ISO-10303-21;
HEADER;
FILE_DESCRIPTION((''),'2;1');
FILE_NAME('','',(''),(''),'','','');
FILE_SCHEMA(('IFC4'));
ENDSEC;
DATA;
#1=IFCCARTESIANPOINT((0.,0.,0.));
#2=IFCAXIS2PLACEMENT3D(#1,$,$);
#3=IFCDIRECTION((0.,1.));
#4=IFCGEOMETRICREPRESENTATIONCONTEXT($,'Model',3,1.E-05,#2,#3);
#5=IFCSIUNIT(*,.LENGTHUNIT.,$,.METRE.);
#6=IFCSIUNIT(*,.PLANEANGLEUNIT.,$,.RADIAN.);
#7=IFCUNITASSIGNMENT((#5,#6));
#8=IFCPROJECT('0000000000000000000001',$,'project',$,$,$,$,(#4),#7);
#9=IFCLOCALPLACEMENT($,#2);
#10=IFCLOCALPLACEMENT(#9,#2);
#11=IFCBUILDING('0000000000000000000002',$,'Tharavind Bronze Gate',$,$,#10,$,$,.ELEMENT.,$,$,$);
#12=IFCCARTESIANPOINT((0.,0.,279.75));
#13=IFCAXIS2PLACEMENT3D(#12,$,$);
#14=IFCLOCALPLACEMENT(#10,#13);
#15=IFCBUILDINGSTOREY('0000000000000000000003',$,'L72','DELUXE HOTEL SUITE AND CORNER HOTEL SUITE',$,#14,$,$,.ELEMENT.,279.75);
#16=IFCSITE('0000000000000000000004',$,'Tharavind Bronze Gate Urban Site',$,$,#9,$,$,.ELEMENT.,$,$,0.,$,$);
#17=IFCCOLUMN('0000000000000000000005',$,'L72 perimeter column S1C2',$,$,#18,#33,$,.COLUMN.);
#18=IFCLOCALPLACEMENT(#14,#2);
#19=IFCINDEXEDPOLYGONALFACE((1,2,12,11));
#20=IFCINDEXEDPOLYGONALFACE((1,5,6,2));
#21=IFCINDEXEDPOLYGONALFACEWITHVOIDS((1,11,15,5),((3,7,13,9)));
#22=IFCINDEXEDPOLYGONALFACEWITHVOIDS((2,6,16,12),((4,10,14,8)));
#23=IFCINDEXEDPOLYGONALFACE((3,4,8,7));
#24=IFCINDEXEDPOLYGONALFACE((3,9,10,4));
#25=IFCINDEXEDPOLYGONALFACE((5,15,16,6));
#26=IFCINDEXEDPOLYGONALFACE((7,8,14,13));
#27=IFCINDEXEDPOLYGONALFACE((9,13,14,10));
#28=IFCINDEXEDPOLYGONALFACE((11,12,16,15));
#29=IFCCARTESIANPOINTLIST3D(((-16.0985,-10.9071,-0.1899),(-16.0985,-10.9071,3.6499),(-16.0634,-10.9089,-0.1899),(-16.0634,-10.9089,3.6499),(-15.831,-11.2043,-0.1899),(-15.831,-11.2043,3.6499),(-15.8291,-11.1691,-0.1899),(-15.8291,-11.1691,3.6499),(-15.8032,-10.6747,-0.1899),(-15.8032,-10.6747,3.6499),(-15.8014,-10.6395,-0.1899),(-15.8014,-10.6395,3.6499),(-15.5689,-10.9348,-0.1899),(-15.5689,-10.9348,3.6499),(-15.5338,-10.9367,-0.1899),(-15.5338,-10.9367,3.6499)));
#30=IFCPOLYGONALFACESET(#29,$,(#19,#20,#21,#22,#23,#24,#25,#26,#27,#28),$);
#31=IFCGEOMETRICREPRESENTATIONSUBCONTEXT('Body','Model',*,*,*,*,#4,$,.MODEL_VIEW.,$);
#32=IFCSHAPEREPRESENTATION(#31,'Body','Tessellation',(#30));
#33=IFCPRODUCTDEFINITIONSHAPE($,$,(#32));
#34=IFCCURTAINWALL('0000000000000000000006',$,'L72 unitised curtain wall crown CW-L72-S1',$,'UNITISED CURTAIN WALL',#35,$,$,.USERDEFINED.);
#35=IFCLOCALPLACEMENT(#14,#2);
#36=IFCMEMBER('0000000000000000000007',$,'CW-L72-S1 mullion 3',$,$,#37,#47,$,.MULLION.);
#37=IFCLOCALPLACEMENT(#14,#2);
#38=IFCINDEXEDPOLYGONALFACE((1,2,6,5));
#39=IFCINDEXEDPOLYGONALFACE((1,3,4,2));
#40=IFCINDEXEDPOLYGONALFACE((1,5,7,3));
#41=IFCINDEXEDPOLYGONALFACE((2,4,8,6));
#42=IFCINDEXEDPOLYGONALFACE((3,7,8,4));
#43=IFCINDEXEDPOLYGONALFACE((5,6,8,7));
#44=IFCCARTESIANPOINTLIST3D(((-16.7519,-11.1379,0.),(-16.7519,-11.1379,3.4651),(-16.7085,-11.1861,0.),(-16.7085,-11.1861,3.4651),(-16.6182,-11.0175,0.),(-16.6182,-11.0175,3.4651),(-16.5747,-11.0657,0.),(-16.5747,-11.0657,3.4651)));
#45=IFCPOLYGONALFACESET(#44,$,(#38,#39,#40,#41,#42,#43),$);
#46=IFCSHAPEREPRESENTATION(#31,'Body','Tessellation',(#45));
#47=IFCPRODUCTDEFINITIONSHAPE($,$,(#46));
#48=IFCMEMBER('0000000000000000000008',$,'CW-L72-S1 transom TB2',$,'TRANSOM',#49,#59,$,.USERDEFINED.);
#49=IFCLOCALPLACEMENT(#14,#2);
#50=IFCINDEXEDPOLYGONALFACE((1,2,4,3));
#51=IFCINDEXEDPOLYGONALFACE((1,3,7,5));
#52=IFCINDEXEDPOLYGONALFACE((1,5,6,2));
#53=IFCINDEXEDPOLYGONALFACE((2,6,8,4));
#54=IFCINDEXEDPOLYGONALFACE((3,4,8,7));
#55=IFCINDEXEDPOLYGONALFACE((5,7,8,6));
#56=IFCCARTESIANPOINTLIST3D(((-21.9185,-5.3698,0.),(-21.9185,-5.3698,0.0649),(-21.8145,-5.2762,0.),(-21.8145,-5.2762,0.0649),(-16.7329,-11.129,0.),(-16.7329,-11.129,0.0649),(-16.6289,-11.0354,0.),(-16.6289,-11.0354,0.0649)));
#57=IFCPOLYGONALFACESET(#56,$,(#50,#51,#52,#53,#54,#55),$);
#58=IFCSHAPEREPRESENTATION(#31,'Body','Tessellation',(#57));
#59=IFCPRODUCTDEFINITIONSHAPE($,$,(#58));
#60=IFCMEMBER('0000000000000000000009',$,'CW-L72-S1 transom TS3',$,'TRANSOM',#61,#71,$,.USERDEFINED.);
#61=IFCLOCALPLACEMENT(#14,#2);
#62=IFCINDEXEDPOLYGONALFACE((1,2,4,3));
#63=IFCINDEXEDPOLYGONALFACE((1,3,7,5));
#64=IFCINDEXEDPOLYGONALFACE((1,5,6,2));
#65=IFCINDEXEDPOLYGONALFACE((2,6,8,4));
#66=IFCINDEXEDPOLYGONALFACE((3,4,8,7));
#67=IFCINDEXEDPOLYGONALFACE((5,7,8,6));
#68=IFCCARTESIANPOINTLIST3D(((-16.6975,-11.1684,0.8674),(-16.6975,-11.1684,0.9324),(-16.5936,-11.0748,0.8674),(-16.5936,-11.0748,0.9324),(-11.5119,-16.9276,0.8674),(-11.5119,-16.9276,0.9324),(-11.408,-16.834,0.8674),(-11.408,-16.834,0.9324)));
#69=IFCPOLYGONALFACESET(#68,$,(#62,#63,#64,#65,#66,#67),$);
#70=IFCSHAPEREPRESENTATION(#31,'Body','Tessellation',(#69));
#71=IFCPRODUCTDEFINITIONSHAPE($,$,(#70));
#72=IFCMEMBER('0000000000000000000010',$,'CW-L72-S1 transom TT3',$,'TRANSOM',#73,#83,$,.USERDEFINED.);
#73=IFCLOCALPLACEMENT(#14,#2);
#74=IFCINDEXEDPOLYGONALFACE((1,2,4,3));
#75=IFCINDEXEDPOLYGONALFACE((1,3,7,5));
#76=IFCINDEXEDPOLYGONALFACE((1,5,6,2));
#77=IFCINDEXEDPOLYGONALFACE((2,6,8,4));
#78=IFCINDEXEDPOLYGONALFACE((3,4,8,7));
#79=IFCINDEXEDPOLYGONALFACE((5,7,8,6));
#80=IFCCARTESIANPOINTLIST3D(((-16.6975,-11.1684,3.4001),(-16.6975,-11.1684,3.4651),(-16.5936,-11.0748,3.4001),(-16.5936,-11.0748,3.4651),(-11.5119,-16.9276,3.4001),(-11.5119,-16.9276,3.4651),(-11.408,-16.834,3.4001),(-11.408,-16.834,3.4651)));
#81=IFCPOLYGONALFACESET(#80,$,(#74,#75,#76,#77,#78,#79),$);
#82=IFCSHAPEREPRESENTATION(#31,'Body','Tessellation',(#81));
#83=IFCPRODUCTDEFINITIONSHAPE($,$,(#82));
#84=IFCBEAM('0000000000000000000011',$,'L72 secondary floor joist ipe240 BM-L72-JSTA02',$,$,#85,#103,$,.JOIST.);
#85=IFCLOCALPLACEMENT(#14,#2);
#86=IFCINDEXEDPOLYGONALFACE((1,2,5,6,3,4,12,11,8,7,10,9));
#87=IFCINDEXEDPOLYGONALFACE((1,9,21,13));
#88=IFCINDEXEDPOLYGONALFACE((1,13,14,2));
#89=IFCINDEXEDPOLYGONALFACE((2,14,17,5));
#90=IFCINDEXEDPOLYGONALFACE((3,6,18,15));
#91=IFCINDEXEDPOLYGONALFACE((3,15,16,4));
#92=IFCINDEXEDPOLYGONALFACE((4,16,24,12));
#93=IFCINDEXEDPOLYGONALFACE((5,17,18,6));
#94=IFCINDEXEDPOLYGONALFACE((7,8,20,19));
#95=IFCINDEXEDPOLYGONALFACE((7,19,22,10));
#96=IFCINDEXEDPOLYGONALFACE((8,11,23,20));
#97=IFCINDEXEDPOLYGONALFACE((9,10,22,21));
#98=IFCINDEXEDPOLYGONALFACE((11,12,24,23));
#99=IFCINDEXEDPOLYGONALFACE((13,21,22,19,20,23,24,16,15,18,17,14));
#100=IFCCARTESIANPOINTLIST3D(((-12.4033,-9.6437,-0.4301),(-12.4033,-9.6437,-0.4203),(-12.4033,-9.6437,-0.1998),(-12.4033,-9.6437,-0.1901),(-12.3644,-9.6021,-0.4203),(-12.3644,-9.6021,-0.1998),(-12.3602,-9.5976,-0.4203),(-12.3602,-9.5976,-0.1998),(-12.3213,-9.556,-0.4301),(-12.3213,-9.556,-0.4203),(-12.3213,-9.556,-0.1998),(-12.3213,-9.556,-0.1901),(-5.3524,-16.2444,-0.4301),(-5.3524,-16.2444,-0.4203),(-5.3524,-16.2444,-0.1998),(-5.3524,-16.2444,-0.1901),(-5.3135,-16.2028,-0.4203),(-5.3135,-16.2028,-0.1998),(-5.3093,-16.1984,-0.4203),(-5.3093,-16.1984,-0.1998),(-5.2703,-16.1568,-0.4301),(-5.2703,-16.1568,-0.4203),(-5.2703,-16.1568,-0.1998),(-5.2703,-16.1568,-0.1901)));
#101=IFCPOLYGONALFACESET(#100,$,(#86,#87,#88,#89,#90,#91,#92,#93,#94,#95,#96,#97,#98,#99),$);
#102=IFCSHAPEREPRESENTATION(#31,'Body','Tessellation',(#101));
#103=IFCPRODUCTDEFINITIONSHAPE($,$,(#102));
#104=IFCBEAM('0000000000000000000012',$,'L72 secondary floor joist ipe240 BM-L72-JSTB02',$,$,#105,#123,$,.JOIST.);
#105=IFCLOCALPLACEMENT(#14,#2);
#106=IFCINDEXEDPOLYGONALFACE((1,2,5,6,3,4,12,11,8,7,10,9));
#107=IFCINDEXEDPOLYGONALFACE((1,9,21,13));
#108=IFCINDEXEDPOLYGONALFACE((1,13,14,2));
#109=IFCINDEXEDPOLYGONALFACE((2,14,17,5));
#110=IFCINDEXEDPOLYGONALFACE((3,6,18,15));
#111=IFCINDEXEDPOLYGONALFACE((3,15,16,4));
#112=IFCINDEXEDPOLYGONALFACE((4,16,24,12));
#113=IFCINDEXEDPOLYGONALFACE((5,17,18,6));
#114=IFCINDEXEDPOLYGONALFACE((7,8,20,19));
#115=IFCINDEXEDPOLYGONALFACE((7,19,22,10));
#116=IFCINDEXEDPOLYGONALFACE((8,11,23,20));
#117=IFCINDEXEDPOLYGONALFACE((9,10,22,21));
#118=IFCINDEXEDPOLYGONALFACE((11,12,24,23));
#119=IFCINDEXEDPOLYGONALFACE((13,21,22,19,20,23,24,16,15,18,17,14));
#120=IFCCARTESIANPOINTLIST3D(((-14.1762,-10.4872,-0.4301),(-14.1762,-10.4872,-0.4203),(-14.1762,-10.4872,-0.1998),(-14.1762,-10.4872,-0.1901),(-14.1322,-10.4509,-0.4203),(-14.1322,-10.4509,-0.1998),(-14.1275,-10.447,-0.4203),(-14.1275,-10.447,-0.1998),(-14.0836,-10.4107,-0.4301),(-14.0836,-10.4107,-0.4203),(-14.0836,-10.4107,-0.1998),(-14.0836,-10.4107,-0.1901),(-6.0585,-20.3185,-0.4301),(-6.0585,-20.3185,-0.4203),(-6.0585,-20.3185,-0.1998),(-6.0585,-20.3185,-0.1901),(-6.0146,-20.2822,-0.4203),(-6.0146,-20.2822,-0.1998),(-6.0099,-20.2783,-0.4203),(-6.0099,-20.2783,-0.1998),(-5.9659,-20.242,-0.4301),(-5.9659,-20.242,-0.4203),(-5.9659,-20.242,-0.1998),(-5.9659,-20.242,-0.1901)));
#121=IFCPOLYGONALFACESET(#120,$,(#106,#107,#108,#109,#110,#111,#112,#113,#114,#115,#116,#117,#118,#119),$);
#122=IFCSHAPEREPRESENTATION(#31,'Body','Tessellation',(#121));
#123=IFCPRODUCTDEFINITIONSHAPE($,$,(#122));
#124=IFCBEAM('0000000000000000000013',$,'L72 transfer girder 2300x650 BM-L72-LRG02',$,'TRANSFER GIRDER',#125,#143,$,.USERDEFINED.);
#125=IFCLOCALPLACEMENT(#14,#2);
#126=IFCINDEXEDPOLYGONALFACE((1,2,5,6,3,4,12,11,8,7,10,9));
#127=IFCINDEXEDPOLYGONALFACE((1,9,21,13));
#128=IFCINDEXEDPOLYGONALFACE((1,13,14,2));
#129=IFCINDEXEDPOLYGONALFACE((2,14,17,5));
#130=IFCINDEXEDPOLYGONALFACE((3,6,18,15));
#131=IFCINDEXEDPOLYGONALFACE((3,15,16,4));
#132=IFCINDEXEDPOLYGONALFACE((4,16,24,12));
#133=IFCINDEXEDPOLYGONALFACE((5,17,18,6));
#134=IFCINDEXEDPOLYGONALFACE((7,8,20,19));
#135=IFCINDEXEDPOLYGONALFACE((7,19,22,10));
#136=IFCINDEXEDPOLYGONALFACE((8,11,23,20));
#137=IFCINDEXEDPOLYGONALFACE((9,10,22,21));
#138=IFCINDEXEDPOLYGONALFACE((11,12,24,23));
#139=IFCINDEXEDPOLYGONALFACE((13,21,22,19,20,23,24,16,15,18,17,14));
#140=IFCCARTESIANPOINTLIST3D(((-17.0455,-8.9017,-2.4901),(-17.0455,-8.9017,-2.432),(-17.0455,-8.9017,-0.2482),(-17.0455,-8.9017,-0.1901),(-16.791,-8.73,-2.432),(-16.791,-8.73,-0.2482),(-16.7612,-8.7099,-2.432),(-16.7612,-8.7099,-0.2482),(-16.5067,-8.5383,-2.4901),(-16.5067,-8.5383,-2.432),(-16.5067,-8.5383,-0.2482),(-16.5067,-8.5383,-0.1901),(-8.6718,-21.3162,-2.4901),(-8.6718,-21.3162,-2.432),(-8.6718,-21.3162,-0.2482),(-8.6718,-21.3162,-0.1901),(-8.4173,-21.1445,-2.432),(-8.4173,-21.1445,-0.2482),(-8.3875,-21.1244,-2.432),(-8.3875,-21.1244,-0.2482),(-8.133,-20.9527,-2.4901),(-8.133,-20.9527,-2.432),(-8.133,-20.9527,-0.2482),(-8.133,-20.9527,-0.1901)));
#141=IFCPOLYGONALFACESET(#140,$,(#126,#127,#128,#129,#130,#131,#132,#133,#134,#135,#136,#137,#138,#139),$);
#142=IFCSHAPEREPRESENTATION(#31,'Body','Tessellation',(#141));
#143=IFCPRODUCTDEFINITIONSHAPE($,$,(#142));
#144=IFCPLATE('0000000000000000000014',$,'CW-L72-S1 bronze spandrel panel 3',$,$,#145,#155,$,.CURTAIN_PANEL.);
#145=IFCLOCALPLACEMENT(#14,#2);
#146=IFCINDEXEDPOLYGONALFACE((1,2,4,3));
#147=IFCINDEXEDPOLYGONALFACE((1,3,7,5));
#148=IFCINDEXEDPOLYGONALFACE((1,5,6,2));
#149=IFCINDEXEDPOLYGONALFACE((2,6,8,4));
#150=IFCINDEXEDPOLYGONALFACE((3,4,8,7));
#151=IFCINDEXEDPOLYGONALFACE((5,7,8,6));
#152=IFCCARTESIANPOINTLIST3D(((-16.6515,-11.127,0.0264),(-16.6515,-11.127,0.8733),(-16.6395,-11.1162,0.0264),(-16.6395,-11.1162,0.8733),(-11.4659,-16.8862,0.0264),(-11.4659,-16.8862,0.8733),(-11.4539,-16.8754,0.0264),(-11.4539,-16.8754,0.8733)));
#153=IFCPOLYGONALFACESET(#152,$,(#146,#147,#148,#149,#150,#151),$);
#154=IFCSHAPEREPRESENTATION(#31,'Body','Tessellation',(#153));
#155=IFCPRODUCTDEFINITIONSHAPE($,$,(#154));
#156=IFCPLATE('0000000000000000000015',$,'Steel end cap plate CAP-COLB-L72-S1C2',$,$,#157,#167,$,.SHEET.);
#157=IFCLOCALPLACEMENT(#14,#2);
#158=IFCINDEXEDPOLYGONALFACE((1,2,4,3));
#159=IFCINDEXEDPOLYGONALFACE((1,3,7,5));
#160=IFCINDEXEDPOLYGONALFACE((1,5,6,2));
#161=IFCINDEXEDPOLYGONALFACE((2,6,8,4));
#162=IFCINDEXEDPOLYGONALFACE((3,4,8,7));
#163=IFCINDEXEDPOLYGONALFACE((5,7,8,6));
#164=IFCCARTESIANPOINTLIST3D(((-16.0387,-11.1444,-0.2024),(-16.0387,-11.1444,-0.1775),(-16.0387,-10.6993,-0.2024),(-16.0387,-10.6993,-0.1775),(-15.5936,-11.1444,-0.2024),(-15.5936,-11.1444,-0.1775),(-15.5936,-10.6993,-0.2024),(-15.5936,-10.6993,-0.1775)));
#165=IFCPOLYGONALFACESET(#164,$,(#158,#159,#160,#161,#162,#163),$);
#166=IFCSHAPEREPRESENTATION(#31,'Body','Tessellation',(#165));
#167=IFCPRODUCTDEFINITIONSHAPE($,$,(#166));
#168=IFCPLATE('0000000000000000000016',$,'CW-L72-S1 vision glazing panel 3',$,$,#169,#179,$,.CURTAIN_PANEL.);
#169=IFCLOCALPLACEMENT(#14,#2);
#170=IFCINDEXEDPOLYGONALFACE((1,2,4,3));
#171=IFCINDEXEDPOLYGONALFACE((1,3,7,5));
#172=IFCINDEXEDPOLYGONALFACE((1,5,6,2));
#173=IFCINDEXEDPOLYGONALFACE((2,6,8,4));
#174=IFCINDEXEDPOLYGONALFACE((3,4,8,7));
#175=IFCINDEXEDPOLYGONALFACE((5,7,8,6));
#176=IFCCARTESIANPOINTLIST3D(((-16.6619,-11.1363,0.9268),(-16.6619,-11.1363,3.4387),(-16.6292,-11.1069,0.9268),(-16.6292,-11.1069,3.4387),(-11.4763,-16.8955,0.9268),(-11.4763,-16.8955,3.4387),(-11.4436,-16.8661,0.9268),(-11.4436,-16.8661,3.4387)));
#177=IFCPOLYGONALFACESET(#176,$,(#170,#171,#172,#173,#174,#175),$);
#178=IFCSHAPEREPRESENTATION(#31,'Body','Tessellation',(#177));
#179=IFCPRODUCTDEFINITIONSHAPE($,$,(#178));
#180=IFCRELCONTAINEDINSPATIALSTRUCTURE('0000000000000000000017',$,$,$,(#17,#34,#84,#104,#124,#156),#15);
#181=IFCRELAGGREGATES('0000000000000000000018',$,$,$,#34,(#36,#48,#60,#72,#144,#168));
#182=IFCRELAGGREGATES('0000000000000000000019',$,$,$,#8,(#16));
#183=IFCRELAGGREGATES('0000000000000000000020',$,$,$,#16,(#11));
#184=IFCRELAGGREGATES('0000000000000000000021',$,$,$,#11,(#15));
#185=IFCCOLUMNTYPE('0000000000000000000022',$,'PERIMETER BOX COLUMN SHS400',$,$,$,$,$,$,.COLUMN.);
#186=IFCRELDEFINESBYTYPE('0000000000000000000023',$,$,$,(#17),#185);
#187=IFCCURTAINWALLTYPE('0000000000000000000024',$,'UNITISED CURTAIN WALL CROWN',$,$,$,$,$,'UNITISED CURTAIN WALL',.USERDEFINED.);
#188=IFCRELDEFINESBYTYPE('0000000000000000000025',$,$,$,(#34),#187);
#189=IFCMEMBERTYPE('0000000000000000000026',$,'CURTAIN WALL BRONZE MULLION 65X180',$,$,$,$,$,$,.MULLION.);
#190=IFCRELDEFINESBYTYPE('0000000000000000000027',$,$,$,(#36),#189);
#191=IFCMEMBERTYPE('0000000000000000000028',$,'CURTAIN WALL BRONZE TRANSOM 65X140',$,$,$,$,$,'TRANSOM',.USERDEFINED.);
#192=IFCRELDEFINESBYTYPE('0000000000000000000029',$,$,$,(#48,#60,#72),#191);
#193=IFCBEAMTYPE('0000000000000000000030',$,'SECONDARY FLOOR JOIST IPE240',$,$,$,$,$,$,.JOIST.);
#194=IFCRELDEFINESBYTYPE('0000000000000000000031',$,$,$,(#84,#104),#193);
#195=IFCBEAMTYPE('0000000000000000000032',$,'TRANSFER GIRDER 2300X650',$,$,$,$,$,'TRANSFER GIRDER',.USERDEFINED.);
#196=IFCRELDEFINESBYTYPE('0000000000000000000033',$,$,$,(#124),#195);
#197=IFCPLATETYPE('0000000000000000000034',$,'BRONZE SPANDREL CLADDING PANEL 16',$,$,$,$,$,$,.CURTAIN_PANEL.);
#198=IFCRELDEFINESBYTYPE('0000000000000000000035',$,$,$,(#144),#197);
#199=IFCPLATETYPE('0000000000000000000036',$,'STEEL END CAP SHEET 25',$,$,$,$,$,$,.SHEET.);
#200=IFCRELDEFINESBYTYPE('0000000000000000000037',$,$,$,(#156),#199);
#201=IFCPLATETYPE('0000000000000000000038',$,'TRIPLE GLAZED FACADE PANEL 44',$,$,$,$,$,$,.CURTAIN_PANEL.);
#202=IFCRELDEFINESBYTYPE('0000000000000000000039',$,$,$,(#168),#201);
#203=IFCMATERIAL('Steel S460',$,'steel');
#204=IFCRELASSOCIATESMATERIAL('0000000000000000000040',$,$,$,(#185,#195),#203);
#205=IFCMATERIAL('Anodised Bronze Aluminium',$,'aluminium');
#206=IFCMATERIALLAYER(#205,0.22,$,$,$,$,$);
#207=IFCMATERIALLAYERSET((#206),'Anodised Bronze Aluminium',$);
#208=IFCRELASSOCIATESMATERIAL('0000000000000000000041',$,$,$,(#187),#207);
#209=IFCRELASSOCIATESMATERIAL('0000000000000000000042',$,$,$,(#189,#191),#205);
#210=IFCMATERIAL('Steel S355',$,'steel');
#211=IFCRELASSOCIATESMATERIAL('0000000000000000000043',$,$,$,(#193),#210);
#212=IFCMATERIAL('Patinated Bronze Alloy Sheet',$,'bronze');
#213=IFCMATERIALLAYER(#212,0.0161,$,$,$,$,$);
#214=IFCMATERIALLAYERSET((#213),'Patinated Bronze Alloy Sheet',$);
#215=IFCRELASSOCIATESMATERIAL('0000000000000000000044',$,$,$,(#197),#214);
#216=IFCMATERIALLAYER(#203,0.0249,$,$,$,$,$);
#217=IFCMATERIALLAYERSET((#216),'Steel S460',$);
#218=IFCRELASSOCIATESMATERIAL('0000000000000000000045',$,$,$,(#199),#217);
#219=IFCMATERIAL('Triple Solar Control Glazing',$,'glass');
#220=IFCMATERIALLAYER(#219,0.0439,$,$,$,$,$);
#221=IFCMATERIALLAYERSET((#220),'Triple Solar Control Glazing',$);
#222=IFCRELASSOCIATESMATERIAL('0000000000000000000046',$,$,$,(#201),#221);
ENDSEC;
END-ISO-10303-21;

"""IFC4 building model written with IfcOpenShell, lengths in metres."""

from ifc_helpers import new_model, si_unit, direction, frame, origin, origin_2d, place, context, subcontext, project, spatial, rectangle, hollow_rectangle, i_section, extrude, material, layer, layer_set, material_profile, profile_set, type_object, element, aggregate, save


model = new_model("IFC4")

# Units and contexts
model_context = context("Model", 3, precision=1e-05, world=origin(), true_north=direction((0.0, 1.0)))
body_context = subcontext(model_context, "Body", "Model", "MODEL_VIEW")
ifc_project = project(units=[si_unit("LENGTHUNIT", "METRE"), si_unit("PLANEANGLEUNIT", "RADIAN")], contexts=[model_context])

# Site, building, storey
site_placement = place(None, origin())
site = spatial("IfcSite", under=ifc_project, at=site_placement, Name="Tharavind Bronze Gate Urban Site", CompositionType="ELEMENT", RefElevation=0.0)
building_placement = place(site_placement, origin())
building = spatial("IfcBuilding", under=site, at=building_placement, Name="Tharavind Bronze Gate", CompositionType="ELEMENT")
storey_placement = place(building_placement, frame((0.0, 0.0, 279.75)))
storey = spatial("IfcBuildingStorey", under=building, at=storey_placement, Name="L72", Description="DELUXE HOTEL SUITE AND CORNER HOTEL SUITE", CompositionType="ELEMENT", Elevation=279.75)

# Column
ifc_material_1 = material(Name="Steel S460", Category="steel")
ifc_material_profile_1 = material_profile(ifc_material_1, hollow_rectangle(XDim=0.3999, YDim=0.3999, WallThickness=0.0249, at=origin_2d()), Name="SHS400X25")
ifc_profile_set_1 = profile_set([ifc_material_profile_1], Name="Steel S460")
column_type = type_object("IfcColumnType", Name="PERIMETER BOX COLUMN SHS400", PredefinedType="COLUMN", material=ifc_profile_set_1)
column_placement = place(storey_placement, frame((-15.8162, -10.9219, -0.1899), z_axis=(0.0, 0.0, 1.0), x_axis=(-0.669131, 0.743145, 0.0)))
element("IfcColumn", 1, at=column_placement, inside=storey, type_object=column_type, Name="L72 perimeter column S1C2", PredefinedType="COLUMN", context=body_context, shape_type="SweptSolid", body=[
    extrude(hollow_rectangle(XDim=0.3999, YDim=0.3999, WallThickness=0.0249, at=origin_2d()), origin(), (0.0, 0.0, 1.0), 3.8398),
])

# Curtain wall, members
ifc_material_2 = material(Name="Anodised Bronze Aluminium", Category="aluminium")
ifc_layer_1 = layer(ifc_material_2, 0.22)
ifc_layer_set_1 = layer_set([ifc_layer_1], Name="Anodised Bronze Aluminium")
curtain_wall_type = type_object("IfcCurtainWallType", Name="UNITISED CURTAIN WALL CROWN", ElementType="UNITISED CURTAIN WALL", PredefinedType="USERDEFINED", material=ifc_layer_set_1)
curtain_wall_placement = place(storey_placement, origin())
curtain_wall = element("IfcCurtainWall", 2, at=curtain_wall_placement, inside=storey, type_object=curtain_wall_type, Name="L72 unitised curtain wall crown CW-L72-S1", ObjectType="UNITISED CURTAIN WALL", PredefinedType="USERDEFINED")
member_type_1 = type_object("IfcMemberType", Name="CURTAIN WALL BRONZE MULLION 65X180", PredefinedType="MULLION", material=ifc_material_2)
member_1_placement = place(storey_placement, frame((-16.6633, -11.1018, 0.0), z_axis=(0.0, 0.0, 1.0), x_axis=(0.669131, -0.743145, 0.0)))
member_1 = element("IfcMember", 3, at=member_1_placement, type_object=member_type_1, Name="CW-L72-S1 mullion 3", PredefinedType="MULLION", context=body_context, shape_type="SweptSolid", body=[
    extrude(rectangle(XDim=0.0649, YDim=0.1799, at=origin_2d()), origin(), (0.0, 0.0, 1.0), 3.4651),
])
member_type_2 = type_object("IfcMemberType", Name="CURTAIN WALL BRONZE TRANSOM 65X140", ElementType="TRANSOM", PredefinedType="USERDEFINED", material=ifc_material_2)
member_2_placement = place(storey_placement, frame((-19.2737, -8.2026, 0.0), z_axis=(0.0, 0.0, 1.0), x_axis=(0.669131, -0.743145, 0.0)))
member_2 = element("IfcMember", 4, at=member_2_placement, type_object=member_type_2, Name="CW-L72-S1 transom TB2", ObjectType="TRANSOM", PredefinedType="USERDEFINED", context=body_context, shape_type="SweptSolid", body=[
    extrude(rectangle(XDim=7.7498, YDim=0.1399, at=origin_2d()), origin(), (0.0, 0.0, 1.0), 0.0649),
])
member_3_placement = place(storey_placement, frame((-14.0527, -14.0012, 0.8674), z_axis=(0.0, 0.0, 1.0), x_axis=(0.669131, -0.743145, 0.0)))
member_3 = element("IfcMember", 5, at=member_3_placement, type_object=member_type_2, Name="CW-L72-S1 transom TS3", ObjectType="TRANSOM", PredefinedType="USERDEFINED", context=body_context, shape_type="SweptSolid", body=[
    extrude(rectangle(XDim=7.7498, YDim=0.1399, at=origin_2d()), origin(), (0.0, 0.0, 1.0), 0.0649),
])
member_4_placement = place(storey_placement, frame((-14.0527, -14.0012, 3.4001), z_axis=(0.0, 0.0, 1.0), x_axis=(0.669131, -0.743145, 0.0)))
member_4 = element("IfcMember", 6, at=member_4_placement, type_object=member_type_2, Name="CW-L72-S1 transom TT3", ObjectType="TRANSOM", PredefinedType="USERDEFINED", context=body_context, shape_type="SweptSolid", body=[
    extrude(rectangle(XDim=7.7498, YDim=0.1399, at=origin_2d()), origin(), (0.0, 0.0, 1.0), 0.0649),
])

# Beams
ifc_material_3 = material(Name="Steel S355", Category="steel")
ifc_material_profile_2 = material_profile(ifc_material_3, i_section(OverallWidth=0.1201, OverallDepth=0.24, WebThickness=0.0061, FlangeThickness=0.0098, at=origin_2d()), Name="IPE240")
ifc_profile_set_2 = profile_set([ifc_material_profile_2], Name="Steel S355")
beam_type_1 = type_object("IfcBeamType", Name="SECONDARY FLOOR JOIST IPE240", PredefinedType="JOIST", material=ifc_profile_set_2)
beam_1_placement = place(storey_placement, frame((-12.3623, -9.5999, -0.3101), z_axis=(0.730028, -0.683417, 0.0), x_axis=(0.683417, 0.730028, 0.0)))
element("IfcBeam", 7, at=beam_1_placement, inside=storey, type_object=beam_type_1, Name="L72 secondary floor joist ipe240 BM-L72-JSTA02", PredefinedType="JOIST", context=body_context, shape_type="SweptSolid", body=[
    extrude(i_section(OverallWidth=0.1201, OverallDepth=0.24, WebThickness=0.0061, FlangeThickness=0.0098, at=origin_2d()), origin(), (0.0, 0.0, 1.0), 9.6584),
])
beam_2_placement = place(storey_placement, frame((-14.1299, -10.449, -0.3101), z_axis=(0.636703, -0.771109, 0.0), x_axis=(0.771109, 0.636703, 0.0)))
element("IfcBeam", 8, at=beam_2_placement, inside=storey, type_object=beam_type_1, Name="L72 secondary floor joist ipe240 BM-L72-JSTB02", PredefinedType="JOIST", context=body_context, shape_type="SweptSolid", body=[
    extrude(i_section(OverallWidth=0.1201, OverallDepth=0.24, WebThickness=0.0061, FlangeThickness=0.0098, at=origin_2d()), origin(), (0.0, 0.0, 1.0), 12.7495),
])
ifc_material_profile_3 = material_profile(ifc_material_1, i_section(OverallWidth=0.6499, OverallDepth=2.3, WebThickness=0.0359, FlangeThickness=0.0581, at=origin_2d()), Name="PG2300X650")
ifc_profile_set_3 = profile_set([ifc_material_profile_3], Name="Steel S460")
beam_type_2 = type_object("IfcBeamType", Name="TRANSFER GIRDER 2300X650", ElementType="TRANSFER GIRDER", PredefinedType="USERDEFINED", material=ifc_profile_set_3)
beam_3_placement = place(storey_placement, frame((-16.7761, -8.72, -1.3401), z_axis=(0.559196, -0.829036, 0.0), x_axis=(0.829036, 0.559196, 0.0)))
element("IfcBeam", 9, at=beam_3_placement, inside=storey, type_object=beam_type_2, Name="L72 transfer girder 2300x650 BM-L72-LRG02", ObjectType="TRANSFER GIRDER", PredefinedType="USERDEFINED", context=body_context, shape_type="SweptSolid", body=[
    extrude(i_section(OverallWidth=0.6499, OverallDepth=2.3, WebThickness=0.0359, FlangeThickness=0.0581, at=origin_2d()), origin(), (0.0, 0.0, 1.0), 14.9746),
])

# Plates
ifc_material_4 = material(Name="Patinated Bronze Alloy Sheet", Category="bronze")
ifc_layer_2 = layer(ifc_material_4, 0.0161)
ifc_layer_set_2 = layer_set([ifc_layer_2], Name="Patinated Bronze Alloy Sheet")
plate_type_1 = type_object("IfcPlateType", Name="BRONZE SPANDREL CLADDING PANEL 16", PredefinedType="CURTAIN_PANEL", material=ifc_layer_set_2)
plate_1_placement = place(storey_placement, frame((-14.0527, -14.0012, 0.0264), z_axis=(0.0, 0.0, 1.0), x_axis=(0.669131, -0.743145, 0.0)))
plate_1 = element("IfcPlate", 10, at=plate_1_placement, type_object=plate_type_1, Name="CW-L72-S1 bronze spandrel panel 3", PredefinedType="CURTAIN_PANEL", context=body_context, shape_type="SweptSolid", body=[
    extrude(rectangle(XDim=7.7498, YDim=0.0161, at=origin_2d()), origin(), (0.0, 0.0, 1.0), 0.8469),
])
ifc_layer_3 = layer(ifc_material_1, 0.0249)
ifc_layer_set_3 = layer_set([ifc_layer_3], Name="Steel S460")
plate_type_2 = type_object("IfcPlateType", Name="STEEL END CAP SHEET 25", PredefinedType="SHEET", material=ifc_layer_set_3)
plate_2_placement = place(storey_placement, frame((-15.8162, -10.9219, -0.2024), z_axis=(0.0, 0.0, 1.0), x_axis=(1.0, 0.0, 0.0)))
element("IfcPlate", 11, at=plate_2_placement, inside=storey, type_object=plate_type_2, Name="Steel end cap plate CAP-COLB-L72-S1C2", PredefinedType="SHEET", context=body_context, shape_type="SweptSolid", body=[
    extrude(rectangle(XDim=0.4451, YDim=0.4451, at=origin_2d()), origin(), (0.0, 0.0, 1.0), 0.0249),
])
ifc_material_5 = material(Name="Triple Solar Control Glazing", Category="glass")
ifc_layer_4 = layer(ifc_material_5, 0.0439)
ifc_layer_set_4 = layer_set([ifc_layer_4], Name="Triple Solar Control Glazing")
plate_type_3 = type_object("IfcPlateType", Name="TRIPLE GLAZED FACADE PANEL 44", PredefinedType="CURTAIN_PANEL", material=ifc_layer_set_4)
plate_3_placement = place(storey_placement, frame((-14.0527, -14.0012, 0.9268), z_axis=(0.0, 0.0, 1.0), x_axis=(0.669131, -0.743145, 0.0)))
plate_3 = element("IfcPlate", 12, at=plate_3_placement, type_object=plate_type_3, Name="CW-L72-S1 vision glazing panel 3", PredefinedType="CURTAIN_PANEL", context=body_context, shape_type="SweptSolid", body=[
    extrude(rectangle(XDim=7.7498, YDim=0.0439, at=origin_2d()), origin(), (0.0, 0.0, 1.0), 2.512),
])
aggregate(curtain_wall, [member_1, member_2, member_3, member_4, plate_1, plate_3])

save(model, "model.ifc")
